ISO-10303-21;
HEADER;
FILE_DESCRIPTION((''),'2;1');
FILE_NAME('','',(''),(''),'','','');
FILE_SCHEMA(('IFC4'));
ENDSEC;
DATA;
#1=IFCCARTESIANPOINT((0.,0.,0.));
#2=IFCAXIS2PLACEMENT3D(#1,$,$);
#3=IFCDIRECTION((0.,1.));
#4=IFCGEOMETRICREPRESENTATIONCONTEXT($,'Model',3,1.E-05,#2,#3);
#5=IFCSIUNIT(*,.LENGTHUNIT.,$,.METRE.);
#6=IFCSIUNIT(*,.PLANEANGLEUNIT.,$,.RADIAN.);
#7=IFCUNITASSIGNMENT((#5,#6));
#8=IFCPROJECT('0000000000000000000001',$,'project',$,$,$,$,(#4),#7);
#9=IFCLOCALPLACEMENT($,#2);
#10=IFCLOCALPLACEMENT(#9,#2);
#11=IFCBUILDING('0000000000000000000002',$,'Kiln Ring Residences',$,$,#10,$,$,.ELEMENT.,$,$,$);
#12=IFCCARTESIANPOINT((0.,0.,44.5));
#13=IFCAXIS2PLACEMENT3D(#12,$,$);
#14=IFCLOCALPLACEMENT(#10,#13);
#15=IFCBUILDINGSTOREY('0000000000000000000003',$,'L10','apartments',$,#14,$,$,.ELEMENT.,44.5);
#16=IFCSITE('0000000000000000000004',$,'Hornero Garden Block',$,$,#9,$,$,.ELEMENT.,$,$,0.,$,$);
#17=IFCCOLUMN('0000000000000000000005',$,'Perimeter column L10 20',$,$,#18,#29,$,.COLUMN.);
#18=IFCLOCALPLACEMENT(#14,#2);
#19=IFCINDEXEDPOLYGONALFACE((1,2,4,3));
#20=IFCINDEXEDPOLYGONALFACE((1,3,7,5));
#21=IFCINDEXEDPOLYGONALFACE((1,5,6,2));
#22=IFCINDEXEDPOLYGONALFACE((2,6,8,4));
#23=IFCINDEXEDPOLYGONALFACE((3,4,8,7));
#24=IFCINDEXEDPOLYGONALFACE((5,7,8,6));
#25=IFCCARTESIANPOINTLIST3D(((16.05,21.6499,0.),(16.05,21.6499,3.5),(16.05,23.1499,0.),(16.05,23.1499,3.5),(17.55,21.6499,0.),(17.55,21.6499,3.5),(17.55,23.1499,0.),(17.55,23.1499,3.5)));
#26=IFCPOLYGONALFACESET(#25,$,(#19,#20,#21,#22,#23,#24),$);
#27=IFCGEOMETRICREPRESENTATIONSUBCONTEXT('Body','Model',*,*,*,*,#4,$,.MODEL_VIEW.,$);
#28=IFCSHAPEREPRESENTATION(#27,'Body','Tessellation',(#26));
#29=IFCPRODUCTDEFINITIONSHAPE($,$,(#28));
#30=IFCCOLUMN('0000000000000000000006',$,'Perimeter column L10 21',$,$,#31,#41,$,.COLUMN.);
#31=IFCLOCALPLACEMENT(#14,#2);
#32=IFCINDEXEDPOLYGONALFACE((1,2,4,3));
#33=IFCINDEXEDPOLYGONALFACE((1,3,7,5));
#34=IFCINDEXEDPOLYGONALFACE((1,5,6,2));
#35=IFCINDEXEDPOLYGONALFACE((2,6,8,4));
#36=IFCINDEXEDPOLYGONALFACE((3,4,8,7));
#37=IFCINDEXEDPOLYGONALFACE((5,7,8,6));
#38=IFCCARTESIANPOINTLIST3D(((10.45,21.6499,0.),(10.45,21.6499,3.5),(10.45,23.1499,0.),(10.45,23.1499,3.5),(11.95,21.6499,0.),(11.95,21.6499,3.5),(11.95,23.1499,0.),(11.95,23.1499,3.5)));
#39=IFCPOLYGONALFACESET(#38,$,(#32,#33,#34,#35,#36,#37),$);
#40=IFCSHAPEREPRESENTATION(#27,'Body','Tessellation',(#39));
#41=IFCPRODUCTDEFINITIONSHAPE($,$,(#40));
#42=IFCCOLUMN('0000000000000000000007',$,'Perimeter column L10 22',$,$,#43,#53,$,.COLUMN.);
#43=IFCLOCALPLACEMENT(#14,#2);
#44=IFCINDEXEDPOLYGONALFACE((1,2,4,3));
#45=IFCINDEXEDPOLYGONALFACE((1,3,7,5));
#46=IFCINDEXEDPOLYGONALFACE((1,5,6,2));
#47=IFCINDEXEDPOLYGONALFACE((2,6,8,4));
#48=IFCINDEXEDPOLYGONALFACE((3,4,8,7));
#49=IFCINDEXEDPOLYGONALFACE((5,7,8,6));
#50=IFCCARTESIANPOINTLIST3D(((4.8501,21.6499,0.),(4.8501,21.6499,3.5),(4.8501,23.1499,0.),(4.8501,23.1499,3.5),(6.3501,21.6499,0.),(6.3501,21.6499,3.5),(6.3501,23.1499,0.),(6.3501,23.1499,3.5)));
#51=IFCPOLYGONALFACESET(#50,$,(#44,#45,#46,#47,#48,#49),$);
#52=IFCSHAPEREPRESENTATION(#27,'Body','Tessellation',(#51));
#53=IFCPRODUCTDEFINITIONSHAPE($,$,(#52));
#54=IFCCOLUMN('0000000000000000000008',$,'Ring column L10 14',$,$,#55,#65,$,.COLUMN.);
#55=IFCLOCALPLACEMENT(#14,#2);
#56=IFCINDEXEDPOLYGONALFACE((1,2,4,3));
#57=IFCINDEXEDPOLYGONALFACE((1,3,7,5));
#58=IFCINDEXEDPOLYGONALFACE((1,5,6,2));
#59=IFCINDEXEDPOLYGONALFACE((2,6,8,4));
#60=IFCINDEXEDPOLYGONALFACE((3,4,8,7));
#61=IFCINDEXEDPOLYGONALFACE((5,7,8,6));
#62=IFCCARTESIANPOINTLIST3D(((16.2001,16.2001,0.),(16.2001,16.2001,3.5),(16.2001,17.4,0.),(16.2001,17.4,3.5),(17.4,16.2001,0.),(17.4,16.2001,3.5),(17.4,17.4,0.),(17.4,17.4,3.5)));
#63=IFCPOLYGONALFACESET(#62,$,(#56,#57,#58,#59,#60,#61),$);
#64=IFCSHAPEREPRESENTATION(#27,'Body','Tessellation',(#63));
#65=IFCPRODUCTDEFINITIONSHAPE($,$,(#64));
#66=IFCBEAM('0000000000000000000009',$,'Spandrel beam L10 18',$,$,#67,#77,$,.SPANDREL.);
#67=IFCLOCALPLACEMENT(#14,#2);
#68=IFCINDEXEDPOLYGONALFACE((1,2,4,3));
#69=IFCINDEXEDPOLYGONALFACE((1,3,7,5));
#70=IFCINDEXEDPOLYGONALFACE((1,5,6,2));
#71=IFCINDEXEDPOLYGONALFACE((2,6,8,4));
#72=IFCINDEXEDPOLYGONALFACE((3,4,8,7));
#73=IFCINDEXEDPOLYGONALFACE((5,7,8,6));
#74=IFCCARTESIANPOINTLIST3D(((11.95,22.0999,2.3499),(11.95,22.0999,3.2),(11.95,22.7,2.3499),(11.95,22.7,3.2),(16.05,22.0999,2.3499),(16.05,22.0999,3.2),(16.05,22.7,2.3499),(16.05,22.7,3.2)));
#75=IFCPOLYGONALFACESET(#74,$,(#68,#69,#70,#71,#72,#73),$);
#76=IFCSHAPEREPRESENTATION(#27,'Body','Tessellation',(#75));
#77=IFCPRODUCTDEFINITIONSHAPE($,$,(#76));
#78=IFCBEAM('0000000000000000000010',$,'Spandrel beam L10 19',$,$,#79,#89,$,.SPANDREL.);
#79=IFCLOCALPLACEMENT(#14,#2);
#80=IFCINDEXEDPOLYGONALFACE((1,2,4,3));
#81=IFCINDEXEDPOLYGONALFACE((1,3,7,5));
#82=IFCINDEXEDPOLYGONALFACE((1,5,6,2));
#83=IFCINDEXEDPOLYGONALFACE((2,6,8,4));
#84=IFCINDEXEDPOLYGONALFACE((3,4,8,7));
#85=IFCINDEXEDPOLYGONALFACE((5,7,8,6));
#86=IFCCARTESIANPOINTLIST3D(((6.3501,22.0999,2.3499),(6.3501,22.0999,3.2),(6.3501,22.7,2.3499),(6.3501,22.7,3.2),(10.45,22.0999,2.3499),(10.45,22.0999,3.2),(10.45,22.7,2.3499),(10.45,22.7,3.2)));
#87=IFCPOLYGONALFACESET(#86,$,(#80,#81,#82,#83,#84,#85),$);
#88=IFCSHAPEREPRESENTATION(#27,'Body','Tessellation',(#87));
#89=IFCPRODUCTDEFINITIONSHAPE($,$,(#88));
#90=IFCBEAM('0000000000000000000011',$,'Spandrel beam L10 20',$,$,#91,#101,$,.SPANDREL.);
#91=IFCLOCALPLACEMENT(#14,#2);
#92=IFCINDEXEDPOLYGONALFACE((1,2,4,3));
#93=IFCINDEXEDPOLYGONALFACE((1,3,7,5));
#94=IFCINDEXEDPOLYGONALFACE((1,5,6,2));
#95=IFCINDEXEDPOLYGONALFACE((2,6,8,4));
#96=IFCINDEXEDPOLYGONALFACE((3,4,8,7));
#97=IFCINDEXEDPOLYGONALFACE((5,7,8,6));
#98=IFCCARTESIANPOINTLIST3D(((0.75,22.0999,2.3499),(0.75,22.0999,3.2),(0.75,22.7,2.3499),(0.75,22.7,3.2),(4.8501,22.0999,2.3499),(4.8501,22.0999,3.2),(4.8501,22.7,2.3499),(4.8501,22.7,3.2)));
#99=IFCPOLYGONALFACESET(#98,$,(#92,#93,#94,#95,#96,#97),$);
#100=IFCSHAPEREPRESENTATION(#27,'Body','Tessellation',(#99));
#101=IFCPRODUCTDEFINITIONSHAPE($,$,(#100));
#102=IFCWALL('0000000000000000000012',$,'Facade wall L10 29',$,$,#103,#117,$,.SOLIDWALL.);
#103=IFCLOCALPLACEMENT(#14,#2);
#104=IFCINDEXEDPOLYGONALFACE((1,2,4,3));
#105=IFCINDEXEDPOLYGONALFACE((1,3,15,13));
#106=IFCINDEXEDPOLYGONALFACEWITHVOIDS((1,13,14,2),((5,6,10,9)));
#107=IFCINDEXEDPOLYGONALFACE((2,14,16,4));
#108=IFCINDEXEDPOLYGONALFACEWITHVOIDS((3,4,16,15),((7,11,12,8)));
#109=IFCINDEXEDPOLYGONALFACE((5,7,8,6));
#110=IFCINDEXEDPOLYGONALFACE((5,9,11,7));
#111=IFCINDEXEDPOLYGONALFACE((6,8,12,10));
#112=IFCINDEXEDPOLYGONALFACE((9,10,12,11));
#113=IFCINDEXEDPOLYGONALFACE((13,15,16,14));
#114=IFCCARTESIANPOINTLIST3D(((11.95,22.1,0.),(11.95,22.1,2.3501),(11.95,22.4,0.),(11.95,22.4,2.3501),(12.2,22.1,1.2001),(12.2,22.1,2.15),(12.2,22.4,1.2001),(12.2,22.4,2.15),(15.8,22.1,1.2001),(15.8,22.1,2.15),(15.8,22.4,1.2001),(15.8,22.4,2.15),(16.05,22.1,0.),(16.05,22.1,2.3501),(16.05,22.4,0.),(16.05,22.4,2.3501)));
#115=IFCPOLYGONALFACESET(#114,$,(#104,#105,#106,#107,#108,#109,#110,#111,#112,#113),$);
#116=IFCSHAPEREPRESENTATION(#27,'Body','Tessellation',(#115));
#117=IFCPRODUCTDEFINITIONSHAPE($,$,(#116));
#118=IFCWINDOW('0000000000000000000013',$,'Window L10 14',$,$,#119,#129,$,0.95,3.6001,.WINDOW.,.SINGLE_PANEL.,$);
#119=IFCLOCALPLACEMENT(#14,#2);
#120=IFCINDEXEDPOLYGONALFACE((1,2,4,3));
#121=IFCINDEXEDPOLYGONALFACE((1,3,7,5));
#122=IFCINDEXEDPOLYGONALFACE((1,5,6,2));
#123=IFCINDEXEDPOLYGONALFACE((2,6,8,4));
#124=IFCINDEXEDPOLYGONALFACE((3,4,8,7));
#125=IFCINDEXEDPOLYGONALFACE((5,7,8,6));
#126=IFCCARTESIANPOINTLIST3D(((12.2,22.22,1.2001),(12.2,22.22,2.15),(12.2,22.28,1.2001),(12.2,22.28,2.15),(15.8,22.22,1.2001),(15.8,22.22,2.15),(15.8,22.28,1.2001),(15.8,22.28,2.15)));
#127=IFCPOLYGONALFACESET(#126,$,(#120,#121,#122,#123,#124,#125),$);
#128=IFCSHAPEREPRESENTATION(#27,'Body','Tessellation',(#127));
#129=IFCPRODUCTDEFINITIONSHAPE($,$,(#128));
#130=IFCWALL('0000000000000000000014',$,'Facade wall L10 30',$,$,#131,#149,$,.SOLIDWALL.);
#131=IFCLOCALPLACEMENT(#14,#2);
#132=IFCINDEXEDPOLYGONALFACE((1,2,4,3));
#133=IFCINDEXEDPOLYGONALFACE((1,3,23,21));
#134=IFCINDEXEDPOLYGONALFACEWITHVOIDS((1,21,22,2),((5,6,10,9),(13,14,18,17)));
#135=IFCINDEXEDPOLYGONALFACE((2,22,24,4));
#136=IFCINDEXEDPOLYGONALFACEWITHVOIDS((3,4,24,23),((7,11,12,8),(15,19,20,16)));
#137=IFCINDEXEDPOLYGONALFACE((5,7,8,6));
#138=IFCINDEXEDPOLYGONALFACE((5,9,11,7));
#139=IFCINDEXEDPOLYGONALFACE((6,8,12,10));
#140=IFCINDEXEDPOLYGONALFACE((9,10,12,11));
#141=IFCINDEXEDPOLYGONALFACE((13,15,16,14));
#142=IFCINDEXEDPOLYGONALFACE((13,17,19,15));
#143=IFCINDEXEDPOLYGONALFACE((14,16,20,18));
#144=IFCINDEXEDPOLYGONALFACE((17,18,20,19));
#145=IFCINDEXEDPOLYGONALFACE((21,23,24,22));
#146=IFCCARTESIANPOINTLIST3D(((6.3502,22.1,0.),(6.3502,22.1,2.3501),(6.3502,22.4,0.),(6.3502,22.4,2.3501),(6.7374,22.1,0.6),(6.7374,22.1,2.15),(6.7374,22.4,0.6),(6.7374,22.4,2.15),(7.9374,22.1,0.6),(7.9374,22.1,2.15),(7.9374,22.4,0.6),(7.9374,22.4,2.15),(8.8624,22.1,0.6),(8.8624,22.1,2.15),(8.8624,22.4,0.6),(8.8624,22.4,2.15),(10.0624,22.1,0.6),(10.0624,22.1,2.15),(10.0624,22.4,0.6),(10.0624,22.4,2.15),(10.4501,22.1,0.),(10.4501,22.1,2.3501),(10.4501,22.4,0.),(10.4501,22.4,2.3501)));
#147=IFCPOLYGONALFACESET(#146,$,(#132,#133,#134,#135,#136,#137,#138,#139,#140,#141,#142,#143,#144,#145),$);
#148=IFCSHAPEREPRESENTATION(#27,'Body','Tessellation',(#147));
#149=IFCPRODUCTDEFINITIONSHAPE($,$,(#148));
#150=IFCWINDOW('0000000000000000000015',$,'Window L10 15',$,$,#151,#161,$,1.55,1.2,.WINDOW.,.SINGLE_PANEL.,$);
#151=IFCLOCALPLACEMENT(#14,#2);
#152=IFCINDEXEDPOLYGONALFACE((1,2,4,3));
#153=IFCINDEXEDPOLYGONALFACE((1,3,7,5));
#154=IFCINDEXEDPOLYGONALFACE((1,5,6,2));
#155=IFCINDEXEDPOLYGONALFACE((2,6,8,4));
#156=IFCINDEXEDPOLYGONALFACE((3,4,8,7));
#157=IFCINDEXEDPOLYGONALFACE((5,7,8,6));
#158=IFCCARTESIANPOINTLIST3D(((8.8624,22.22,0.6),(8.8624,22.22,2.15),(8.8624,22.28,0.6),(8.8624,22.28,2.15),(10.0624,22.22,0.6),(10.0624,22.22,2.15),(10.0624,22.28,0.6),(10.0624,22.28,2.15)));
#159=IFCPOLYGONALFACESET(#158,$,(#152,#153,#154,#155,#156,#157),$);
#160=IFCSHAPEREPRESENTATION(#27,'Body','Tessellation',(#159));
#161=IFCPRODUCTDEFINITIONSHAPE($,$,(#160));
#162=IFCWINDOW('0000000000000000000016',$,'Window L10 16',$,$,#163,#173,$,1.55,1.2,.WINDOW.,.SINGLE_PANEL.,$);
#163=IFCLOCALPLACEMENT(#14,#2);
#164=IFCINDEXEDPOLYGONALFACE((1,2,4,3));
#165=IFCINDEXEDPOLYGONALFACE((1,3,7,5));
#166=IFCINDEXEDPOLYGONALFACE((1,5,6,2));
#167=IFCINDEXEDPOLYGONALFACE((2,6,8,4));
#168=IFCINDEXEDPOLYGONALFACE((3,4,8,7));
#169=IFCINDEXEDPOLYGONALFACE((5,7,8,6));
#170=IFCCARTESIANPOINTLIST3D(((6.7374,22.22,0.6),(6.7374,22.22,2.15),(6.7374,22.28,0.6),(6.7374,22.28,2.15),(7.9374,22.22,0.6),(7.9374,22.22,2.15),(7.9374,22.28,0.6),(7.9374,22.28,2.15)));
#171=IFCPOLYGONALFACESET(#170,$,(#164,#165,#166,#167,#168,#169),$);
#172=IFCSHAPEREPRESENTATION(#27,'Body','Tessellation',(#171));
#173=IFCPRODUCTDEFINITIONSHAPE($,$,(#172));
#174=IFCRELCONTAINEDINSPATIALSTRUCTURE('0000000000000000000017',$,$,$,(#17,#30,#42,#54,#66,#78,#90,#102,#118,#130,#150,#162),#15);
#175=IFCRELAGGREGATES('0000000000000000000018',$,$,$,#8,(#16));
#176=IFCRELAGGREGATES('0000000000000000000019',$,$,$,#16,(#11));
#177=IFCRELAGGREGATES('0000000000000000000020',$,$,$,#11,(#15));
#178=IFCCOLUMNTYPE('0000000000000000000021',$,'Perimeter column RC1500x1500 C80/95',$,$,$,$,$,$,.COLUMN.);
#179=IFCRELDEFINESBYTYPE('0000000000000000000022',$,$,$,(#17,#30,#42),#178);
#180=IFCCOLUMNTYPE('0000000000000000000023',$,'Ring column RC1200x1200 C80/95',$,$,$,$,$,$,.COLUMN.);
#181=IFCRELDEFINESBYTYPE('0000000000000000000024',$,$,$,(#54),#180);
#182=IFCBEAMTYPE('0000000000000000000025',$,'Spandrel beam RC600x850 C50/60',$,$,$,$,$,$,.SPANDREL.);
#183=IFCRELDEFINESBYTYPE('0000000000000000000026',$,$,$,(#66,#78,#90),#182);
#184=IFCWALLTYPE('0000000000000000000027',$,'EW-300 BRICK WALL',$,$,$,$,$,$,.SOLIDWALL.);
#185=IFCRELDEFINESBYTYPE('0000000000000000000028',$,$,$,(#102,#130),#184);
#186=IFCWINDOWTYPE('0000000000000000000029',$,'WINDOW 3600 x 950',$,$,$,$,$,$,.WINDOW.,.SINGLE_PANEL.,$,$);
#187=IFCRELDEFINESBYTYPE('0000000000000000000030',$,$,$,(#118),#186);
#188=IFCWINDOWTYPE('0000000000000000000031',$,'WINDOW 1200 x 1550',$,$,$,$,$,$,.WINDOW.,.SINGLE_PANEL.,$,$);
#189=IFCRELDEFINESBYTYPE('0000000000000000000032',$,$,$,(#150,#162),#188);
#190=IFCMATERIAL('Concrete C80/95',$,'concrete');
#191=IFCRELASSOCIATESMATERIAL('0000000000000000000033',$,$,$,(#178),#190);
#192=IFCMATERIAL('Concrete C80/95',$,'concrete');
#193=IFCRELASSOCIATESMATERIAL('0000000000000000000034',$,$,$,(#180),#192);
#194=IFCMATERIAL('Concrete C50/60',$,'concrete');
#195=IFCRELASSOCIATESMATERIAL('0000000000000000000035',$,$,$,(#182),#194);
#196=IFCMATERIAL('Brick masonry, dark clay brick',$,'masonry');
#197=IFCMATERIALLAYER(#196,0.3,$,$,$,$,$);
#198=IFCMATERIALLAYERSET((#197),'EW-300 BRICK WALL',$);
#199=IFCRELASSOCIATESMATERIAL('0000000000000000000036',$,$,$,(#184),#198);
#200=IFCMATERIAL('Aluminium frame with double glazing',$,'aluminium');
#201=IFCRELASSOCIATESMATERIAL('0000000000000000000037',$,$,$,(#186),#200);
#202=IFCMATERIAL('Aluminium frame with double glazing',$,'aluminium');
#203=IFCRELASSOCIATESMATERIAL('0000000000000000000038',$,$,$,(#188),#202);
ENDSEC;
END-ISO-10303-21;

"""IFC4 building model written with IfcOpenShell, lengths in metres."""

from ifc_helpers import new_model, si_unit, direction, frame, frame_2d, origin, origin_2d, place, context, subcontext, project, spatial, rectangle, extrude, material, layer, layer_set, material_profile, profile_set, type_object, element, fill, save


model = new_model("IFC4")

# Units and contexts
model_context = context("Model", 3, precision=1e-05, world=origin(), true_north=direction((0.0, 1.0)))
body_context = subcontext(model_context, "Body", "Model", "MODEL_VIEW")
ifc_project = project(units=[si_unit("LENGTHUNIT", "METRE"), si_unit("PLANEANGLEUNIT", "RADIAN")], contexts=[model_context])

# Site, building, storey
site_placement = place(None, origin())
site = spatial("IfcSite", under=ifc_project, at=site_placement, Name="Hornero Garden Block", CompositionType="ELEMENT", RefElevation=0.0)
building_placement = place(site_placement, origin())
building = spatial("IfcBuilding", under=site, at=building_placement, Name="Kiln Ring Residences", CompositionType="ELEMENT")
storey_placement = place(building_placement, frame((0.0, 0.0, 44.5)))
storey = spatial("IfcBuildingStorey", under=building, at=storey_placement, Name="L10", Description="apartments", CompositionType="ELEMENT", Elevation=44.5)

# Columns
ifc_material_1 = material(Name="Concrete C80/95", Category="concrete")
ifc_material_profile_1 = material_profile(ifc_material_1, rectangle(XDim=1.5, YDim=1.5, at=origin_2d()), Name="RC1500x1500")
ifc_profile_set_1 = profile_set([ifc_material_profile_1], Name="Concrete C80/95")
column_type_1 = type_object("IfcColumnType", Name="Perimeter column RC1500x1500 C80/95", PredefinedType="COLUMN", material=ifc_profile_set_1)
for number, where, z_axis, x_axis, name in (
    (1, (16.8, 22.3999, 0.0), (0.0, 0.0, 1.0), (1.0, 0.0, 0.0), "Perimeter column L10 20"),
    (2, (11.2, 22.3999, 0.0), (0.0, 0.0, 1.0), (1.0, 0.0, 0.0), "Perimeter column L10 21"),
    (3, (5.6001, 22.3999, 0.0), (0.0, 0.0, 1.0), (1.0, 0.0, 0.0), "Perimeter column L10 22"),
):
    element("IfcColumn", number, at=place(storey_placement, frame(where, z_axis=z_axis, x_axis=x_axis)), inside=storey, type_object=column_type_1, Name=name, PredefinedType="COLUMN", context=body_context, shape_type="SweptSolid", body=[
        extrude(rectangle(XDim=1.5, YDim=1.5, at=origin_2d()), origin(), (0.0, 0.0, 1.0), 3.5),
    ])
ifc_material_2 = material(Name="Concrete C80/95", Category="concrete")
ifc_material_profile_2 = material_profile(ifc_material_2, rectangle(XDim=1.2, YDim=1.2, at=origin_2d()), Name="RC1200x1200")
ifc_profile_set_2 = profile_set([ifc_material_profile_2], Name="Concrete C80/95")
column_type_2 = type_object("IfcColumnType", Name="Ring column RC1200x1200 C80/95", PredefinedType="COLUMN", material=ifc_profile_set_2)
column_placement = place(storey_placement, frame((16.8, 16.8, 0.0), z_axis=(0.0, 0.0, 1.0), x_axis=(1.0, 0.0, 0.0)))
element("IfcColumn", 4, at=column_placement, inside=storey, type_object=column_type_2, Name="Ring column L10 14", PredefinedType="COLUMN", context=body_context, shape_type="SweptSolid", body=[
    extrude(rectangle(XDim=1.2, YDim=1.2, at=origin_2d()), origin(), (0.0, 0.0, 1.0), 3.5),
])

# Beams
ifc_material_3 = material(Name="Concrete C50/60", Category="concrete")
ifc_material_profile_3 = material_profile(ifc_material_3, rectangle(XDim=0.6001, YDim=0.8501, at=origin_2d()), Name="RC600x850")
ifc_profile_set_3 = profile_set([ifc_material_profile_3], Name="Concrete C50/60")
beam_type = type_object("IfcBeamType", Name="Spandrel beam RC600x850 C50/60", PredefinedType="SPANDREL", material=ifc_profile_set_3)
beam_1_placement = place(storey_placement, frame((16.05, 22.3999, 2.7749), z_axis=(-1.0, 0.0, 0.0), x_axis=(0.0, -1.0, 0.0)))
element("IfcBeam", 5, at=beam_1_placement, inside=storey, type_object=beam_type, Name="Spandrel beam L10 18", PredefinedType="SPANDREL", context=body_context, shape_type="SweptSolid", body=[
    extrude(rectangle(XDim=0.6001, YDim=0.8501, at=origin_2d()), origin(), (0.0, 0.0, 1.0), 4.1001),
])
beam_2_placement = place(storey_placement, frame((10.45, 22.3999, 2.7749), z_axis=(-1.0, 0.0, 0.0), x_axis=(0.0, -1.0, 0.0)))
element("IfcBeam", 6, at=beam_2_placement, inside=storey, type_object=beam_type, Name="Spandrel beam L10 19", PredefinedType="SPANDREL", context=body_context, shape_type="SweptSolid", body=[
    extrude(rectangle(XDim=0.6001, YDim=0.8501, at=origin_2d()), origin(), (0.0, 0.0, 1.0), 4.0999),
])
beam_3_placement = place(storey_placement, frame((4.8501, 22.3999, 2.7749), z_axis=(-1.0, 0.0, 0.0), x_axis=(0.0, -1.0, 0.0)))
element("IfcBeam", 7, at=beam_3_placement, inside=storey, type_object=beam_type, Name="Spandrel beam L10 20", PredefinedType="SPANDREL", context=body_context, shape_type="SweptSolid", body=[
    extrude(rectangle(XDim=0.6001, YDim=0.8501, at=origin_2d()), origin(), (0.0, 0.0, 1.0), 4.1001),
])

# Wall, opening, window
ifc_material_4 = material(Name="Brick masonry, dark clay brick", Category="masonry")
ifc_layer_1 = layer(ifc_material_4, 0.3)
ifc_layer_set_1 = layer_set([ifc_layer_1], Name="EW-300 BRICK WALL")
wall_type_1 = type_object("IfcWallType", Name="EW-300 BRICK WALL", PredefinedType="SOLIDWALL", material=ifc_layer_set_1)
wall_1_placement = place(storey_placement, frame((16.05, 22.25, 0.0), z_axis=(0.0, 0.0, 1.0), x_axis=(-1.0, 0.0, 0.0)))
wall_1 = element("IfcWall", 8, at=wall_1_placement, inside=storey, type_object=wall_type_1, Name="Facade wall L10 29", PredefinedType="SOLIDWALL", context=body_context, shape_type="SweptSolid", body=[
    extrude(rectangle(XDim=4.1001, YDim=0.3, at=frame_2d((2.05, 0.0))), origin(), (0.0, 0.0, 1.0), 2.3501),
])
opening_1_placement = place(wall_1_placement, frame((0.25, 0.0, 1.2)))
opening_1 = element("IfcOpeningElement", 9, at=opening_1_placement, cuts=wall_1, PredefinedType="OPENING", context=body_context, shape_type="SweptSolid", body=[
    extrude(rectangle(XDim=3.6001, YDim=0.95, at=frame_2d((1.8, 0.4751))), frame((0.0, 0.1599, 0.0), z_axis=(0.0, -1.0, 0.0), x_axis=(1.0, 0.0, 0.0)), (0.0, 0.0, 1.0), 0.3201),
])
ifc_material_5 = material(Name="Aluminium frame with double glazing", Category="aluminium")
window_type_1 = type_object("IfcWindowType", Name="WINDOW 3600 x 950", PartitioningType="SINGLE_PANEL", PredefinedType="WINDOW", material=ifc_material_5)
window_1_placement = place(opening_1_placement, origin())
window_1 = element("IfcWindow", 10, at=window_1_placement, inside=storey, type_object=window_type_1, Name="Window L10 14", OverallHeight=0.95, OverallWidth=3.6001, PartitioningType="SINGLE_PANEL", PredefinedType="WINDOW", context=body_context, shape_type="SweptSolid", body=[
    extrude(rectangle(XDim=3.6001, YDim=0.95, at=frame_2d((1.8, 0.4751))), frame((0.0, 0.03, 0.0), z_axis=(0.0, -1.0, 0.0), x_axis=(1.0, 0.0, 0.0)), (0.0, 0.0, 1.0), 0.0601),
])
fill(opening_1, window_1)

# Wall, openings, windows
wall_2_placement = place(storey_placement, frame((10.45, 22.25, 0.0), z_axis=(0.0, 0.0, 1.0), x_axis=(-1.0, 0.0, 0.0)))
wall_2 = element("IfcWall", 11, at=wall_2_placement, inside=storey, type_object=wall_type_1, Name="Facade wall L10 30", PredefinedType="SOLIDWALL", context=body_context, shape_type="SweptSolid", body=[
    extrude(rectangle(XDim=4.0999, YDim=0.3, at=frame_2d((2.0498, 0.0))), origin(), (0.0, 0.0, 1.0), 2.3501),
])
opening_2_placement = place(wall_2_placement, frame((0.3875, 0.0, 0.6001)))
opening_2 = element("IfcOpeningElement", 12, at=opening_2_placement, cuts=wall_2, PredefinedType="OPENING", context=body_context, shape_type="SweptSolid", body=[
    extrude(rectangle(XDim=1.2, YDim=1.55, at=frame_2d((0.6001, 0.7749))), frame((0.0, 0.1599, 0.0), z_axis=(0.0, -1.0, 0.0), x_axis=(1.0, 0.0, 0.0)), (0.0, 0.0, 1.0), 0.3201),
])
opening_3_placement = place(wall_2_placement, frame((2.5125, 0.0, 0.6001)))
opening_3 = element("IfcOpeningElement", 13, at=opening_3_placement, cuts=wall_2, PredefinedType="OPENING", context=body_context, shape_type="SweptSolid", body=[
    extrude(rectangle(XDim=1.2, YDim=1.55, at=frame_2d((0.6001, 0.7749))), frame((0.0, 0.1599, 0.0), z_axis=(0.0, -1.0, 0.0), x_axis=(1.0, 0.0, 0.0)), (0.0, 0.0, 1.0), 0.3201),
])
ifc_material_6 = material(Name="Aluminium frame with double glazing", Category="aluminium")
window_type_2 = type_object("IfcWindowType", Name="WINDOW 1200 x 1550", PartitioningType="SINGLE_PANEL", PredefinedType="WINDOW", material=ifc_material_6)
window_2_placement = place(opening_2_placement, origin())
window_2 = element("IfcWindow", 14, at=window_2_placement, inside=storey, type_object=window_type_2, Name="Window L10 15", OverallHeight=1.55, OverallWidth=1.2, PartitioningType="SINGLE_PANEL", PredefinedType="WINDOW", context=body_context, shape_type="SweptSolid", body=[
    extrude(rectangle(XDim=1.2, YDim=1.55, at=frame_2d((0.6001, 0.7749))), frame((0.0, 0.03, 0.0), z_axis=(0.0, -1.0, 0.0), x_axis=(1.0, 0.0, 0.0)), (0.0, 0.0, 1.0), 0.0601),
])
fill(opening_2, window_2)
window_3_placement = place(opening_3_placement, origin())
window_3 = element("IfcWindow", 15, at=window_3_placement, inside=storey, type_object=window_type_2, Name="Window L10 16", OverallHeight=1.55, OverallWidth=1.2, PartitioningType="SINGLE_PANEL", PredefinedType="WINDOW", context=body_context, shape_type="SweptSolid", body=[
    extrude(rectangle(XDim=1.2, YDim=1.55, at=frame_2d((0.6001, 0.7749))), frame((0.0, 0.03, 0.0), z_axis=(0.0, -1.0, 0.0), x_axis=(1.0, 0.0, 0.0)), (0.0, 0.0, 1.0), 0.0601),
])
fill(opening_3, window_3)

save(model, "model.ifc")
